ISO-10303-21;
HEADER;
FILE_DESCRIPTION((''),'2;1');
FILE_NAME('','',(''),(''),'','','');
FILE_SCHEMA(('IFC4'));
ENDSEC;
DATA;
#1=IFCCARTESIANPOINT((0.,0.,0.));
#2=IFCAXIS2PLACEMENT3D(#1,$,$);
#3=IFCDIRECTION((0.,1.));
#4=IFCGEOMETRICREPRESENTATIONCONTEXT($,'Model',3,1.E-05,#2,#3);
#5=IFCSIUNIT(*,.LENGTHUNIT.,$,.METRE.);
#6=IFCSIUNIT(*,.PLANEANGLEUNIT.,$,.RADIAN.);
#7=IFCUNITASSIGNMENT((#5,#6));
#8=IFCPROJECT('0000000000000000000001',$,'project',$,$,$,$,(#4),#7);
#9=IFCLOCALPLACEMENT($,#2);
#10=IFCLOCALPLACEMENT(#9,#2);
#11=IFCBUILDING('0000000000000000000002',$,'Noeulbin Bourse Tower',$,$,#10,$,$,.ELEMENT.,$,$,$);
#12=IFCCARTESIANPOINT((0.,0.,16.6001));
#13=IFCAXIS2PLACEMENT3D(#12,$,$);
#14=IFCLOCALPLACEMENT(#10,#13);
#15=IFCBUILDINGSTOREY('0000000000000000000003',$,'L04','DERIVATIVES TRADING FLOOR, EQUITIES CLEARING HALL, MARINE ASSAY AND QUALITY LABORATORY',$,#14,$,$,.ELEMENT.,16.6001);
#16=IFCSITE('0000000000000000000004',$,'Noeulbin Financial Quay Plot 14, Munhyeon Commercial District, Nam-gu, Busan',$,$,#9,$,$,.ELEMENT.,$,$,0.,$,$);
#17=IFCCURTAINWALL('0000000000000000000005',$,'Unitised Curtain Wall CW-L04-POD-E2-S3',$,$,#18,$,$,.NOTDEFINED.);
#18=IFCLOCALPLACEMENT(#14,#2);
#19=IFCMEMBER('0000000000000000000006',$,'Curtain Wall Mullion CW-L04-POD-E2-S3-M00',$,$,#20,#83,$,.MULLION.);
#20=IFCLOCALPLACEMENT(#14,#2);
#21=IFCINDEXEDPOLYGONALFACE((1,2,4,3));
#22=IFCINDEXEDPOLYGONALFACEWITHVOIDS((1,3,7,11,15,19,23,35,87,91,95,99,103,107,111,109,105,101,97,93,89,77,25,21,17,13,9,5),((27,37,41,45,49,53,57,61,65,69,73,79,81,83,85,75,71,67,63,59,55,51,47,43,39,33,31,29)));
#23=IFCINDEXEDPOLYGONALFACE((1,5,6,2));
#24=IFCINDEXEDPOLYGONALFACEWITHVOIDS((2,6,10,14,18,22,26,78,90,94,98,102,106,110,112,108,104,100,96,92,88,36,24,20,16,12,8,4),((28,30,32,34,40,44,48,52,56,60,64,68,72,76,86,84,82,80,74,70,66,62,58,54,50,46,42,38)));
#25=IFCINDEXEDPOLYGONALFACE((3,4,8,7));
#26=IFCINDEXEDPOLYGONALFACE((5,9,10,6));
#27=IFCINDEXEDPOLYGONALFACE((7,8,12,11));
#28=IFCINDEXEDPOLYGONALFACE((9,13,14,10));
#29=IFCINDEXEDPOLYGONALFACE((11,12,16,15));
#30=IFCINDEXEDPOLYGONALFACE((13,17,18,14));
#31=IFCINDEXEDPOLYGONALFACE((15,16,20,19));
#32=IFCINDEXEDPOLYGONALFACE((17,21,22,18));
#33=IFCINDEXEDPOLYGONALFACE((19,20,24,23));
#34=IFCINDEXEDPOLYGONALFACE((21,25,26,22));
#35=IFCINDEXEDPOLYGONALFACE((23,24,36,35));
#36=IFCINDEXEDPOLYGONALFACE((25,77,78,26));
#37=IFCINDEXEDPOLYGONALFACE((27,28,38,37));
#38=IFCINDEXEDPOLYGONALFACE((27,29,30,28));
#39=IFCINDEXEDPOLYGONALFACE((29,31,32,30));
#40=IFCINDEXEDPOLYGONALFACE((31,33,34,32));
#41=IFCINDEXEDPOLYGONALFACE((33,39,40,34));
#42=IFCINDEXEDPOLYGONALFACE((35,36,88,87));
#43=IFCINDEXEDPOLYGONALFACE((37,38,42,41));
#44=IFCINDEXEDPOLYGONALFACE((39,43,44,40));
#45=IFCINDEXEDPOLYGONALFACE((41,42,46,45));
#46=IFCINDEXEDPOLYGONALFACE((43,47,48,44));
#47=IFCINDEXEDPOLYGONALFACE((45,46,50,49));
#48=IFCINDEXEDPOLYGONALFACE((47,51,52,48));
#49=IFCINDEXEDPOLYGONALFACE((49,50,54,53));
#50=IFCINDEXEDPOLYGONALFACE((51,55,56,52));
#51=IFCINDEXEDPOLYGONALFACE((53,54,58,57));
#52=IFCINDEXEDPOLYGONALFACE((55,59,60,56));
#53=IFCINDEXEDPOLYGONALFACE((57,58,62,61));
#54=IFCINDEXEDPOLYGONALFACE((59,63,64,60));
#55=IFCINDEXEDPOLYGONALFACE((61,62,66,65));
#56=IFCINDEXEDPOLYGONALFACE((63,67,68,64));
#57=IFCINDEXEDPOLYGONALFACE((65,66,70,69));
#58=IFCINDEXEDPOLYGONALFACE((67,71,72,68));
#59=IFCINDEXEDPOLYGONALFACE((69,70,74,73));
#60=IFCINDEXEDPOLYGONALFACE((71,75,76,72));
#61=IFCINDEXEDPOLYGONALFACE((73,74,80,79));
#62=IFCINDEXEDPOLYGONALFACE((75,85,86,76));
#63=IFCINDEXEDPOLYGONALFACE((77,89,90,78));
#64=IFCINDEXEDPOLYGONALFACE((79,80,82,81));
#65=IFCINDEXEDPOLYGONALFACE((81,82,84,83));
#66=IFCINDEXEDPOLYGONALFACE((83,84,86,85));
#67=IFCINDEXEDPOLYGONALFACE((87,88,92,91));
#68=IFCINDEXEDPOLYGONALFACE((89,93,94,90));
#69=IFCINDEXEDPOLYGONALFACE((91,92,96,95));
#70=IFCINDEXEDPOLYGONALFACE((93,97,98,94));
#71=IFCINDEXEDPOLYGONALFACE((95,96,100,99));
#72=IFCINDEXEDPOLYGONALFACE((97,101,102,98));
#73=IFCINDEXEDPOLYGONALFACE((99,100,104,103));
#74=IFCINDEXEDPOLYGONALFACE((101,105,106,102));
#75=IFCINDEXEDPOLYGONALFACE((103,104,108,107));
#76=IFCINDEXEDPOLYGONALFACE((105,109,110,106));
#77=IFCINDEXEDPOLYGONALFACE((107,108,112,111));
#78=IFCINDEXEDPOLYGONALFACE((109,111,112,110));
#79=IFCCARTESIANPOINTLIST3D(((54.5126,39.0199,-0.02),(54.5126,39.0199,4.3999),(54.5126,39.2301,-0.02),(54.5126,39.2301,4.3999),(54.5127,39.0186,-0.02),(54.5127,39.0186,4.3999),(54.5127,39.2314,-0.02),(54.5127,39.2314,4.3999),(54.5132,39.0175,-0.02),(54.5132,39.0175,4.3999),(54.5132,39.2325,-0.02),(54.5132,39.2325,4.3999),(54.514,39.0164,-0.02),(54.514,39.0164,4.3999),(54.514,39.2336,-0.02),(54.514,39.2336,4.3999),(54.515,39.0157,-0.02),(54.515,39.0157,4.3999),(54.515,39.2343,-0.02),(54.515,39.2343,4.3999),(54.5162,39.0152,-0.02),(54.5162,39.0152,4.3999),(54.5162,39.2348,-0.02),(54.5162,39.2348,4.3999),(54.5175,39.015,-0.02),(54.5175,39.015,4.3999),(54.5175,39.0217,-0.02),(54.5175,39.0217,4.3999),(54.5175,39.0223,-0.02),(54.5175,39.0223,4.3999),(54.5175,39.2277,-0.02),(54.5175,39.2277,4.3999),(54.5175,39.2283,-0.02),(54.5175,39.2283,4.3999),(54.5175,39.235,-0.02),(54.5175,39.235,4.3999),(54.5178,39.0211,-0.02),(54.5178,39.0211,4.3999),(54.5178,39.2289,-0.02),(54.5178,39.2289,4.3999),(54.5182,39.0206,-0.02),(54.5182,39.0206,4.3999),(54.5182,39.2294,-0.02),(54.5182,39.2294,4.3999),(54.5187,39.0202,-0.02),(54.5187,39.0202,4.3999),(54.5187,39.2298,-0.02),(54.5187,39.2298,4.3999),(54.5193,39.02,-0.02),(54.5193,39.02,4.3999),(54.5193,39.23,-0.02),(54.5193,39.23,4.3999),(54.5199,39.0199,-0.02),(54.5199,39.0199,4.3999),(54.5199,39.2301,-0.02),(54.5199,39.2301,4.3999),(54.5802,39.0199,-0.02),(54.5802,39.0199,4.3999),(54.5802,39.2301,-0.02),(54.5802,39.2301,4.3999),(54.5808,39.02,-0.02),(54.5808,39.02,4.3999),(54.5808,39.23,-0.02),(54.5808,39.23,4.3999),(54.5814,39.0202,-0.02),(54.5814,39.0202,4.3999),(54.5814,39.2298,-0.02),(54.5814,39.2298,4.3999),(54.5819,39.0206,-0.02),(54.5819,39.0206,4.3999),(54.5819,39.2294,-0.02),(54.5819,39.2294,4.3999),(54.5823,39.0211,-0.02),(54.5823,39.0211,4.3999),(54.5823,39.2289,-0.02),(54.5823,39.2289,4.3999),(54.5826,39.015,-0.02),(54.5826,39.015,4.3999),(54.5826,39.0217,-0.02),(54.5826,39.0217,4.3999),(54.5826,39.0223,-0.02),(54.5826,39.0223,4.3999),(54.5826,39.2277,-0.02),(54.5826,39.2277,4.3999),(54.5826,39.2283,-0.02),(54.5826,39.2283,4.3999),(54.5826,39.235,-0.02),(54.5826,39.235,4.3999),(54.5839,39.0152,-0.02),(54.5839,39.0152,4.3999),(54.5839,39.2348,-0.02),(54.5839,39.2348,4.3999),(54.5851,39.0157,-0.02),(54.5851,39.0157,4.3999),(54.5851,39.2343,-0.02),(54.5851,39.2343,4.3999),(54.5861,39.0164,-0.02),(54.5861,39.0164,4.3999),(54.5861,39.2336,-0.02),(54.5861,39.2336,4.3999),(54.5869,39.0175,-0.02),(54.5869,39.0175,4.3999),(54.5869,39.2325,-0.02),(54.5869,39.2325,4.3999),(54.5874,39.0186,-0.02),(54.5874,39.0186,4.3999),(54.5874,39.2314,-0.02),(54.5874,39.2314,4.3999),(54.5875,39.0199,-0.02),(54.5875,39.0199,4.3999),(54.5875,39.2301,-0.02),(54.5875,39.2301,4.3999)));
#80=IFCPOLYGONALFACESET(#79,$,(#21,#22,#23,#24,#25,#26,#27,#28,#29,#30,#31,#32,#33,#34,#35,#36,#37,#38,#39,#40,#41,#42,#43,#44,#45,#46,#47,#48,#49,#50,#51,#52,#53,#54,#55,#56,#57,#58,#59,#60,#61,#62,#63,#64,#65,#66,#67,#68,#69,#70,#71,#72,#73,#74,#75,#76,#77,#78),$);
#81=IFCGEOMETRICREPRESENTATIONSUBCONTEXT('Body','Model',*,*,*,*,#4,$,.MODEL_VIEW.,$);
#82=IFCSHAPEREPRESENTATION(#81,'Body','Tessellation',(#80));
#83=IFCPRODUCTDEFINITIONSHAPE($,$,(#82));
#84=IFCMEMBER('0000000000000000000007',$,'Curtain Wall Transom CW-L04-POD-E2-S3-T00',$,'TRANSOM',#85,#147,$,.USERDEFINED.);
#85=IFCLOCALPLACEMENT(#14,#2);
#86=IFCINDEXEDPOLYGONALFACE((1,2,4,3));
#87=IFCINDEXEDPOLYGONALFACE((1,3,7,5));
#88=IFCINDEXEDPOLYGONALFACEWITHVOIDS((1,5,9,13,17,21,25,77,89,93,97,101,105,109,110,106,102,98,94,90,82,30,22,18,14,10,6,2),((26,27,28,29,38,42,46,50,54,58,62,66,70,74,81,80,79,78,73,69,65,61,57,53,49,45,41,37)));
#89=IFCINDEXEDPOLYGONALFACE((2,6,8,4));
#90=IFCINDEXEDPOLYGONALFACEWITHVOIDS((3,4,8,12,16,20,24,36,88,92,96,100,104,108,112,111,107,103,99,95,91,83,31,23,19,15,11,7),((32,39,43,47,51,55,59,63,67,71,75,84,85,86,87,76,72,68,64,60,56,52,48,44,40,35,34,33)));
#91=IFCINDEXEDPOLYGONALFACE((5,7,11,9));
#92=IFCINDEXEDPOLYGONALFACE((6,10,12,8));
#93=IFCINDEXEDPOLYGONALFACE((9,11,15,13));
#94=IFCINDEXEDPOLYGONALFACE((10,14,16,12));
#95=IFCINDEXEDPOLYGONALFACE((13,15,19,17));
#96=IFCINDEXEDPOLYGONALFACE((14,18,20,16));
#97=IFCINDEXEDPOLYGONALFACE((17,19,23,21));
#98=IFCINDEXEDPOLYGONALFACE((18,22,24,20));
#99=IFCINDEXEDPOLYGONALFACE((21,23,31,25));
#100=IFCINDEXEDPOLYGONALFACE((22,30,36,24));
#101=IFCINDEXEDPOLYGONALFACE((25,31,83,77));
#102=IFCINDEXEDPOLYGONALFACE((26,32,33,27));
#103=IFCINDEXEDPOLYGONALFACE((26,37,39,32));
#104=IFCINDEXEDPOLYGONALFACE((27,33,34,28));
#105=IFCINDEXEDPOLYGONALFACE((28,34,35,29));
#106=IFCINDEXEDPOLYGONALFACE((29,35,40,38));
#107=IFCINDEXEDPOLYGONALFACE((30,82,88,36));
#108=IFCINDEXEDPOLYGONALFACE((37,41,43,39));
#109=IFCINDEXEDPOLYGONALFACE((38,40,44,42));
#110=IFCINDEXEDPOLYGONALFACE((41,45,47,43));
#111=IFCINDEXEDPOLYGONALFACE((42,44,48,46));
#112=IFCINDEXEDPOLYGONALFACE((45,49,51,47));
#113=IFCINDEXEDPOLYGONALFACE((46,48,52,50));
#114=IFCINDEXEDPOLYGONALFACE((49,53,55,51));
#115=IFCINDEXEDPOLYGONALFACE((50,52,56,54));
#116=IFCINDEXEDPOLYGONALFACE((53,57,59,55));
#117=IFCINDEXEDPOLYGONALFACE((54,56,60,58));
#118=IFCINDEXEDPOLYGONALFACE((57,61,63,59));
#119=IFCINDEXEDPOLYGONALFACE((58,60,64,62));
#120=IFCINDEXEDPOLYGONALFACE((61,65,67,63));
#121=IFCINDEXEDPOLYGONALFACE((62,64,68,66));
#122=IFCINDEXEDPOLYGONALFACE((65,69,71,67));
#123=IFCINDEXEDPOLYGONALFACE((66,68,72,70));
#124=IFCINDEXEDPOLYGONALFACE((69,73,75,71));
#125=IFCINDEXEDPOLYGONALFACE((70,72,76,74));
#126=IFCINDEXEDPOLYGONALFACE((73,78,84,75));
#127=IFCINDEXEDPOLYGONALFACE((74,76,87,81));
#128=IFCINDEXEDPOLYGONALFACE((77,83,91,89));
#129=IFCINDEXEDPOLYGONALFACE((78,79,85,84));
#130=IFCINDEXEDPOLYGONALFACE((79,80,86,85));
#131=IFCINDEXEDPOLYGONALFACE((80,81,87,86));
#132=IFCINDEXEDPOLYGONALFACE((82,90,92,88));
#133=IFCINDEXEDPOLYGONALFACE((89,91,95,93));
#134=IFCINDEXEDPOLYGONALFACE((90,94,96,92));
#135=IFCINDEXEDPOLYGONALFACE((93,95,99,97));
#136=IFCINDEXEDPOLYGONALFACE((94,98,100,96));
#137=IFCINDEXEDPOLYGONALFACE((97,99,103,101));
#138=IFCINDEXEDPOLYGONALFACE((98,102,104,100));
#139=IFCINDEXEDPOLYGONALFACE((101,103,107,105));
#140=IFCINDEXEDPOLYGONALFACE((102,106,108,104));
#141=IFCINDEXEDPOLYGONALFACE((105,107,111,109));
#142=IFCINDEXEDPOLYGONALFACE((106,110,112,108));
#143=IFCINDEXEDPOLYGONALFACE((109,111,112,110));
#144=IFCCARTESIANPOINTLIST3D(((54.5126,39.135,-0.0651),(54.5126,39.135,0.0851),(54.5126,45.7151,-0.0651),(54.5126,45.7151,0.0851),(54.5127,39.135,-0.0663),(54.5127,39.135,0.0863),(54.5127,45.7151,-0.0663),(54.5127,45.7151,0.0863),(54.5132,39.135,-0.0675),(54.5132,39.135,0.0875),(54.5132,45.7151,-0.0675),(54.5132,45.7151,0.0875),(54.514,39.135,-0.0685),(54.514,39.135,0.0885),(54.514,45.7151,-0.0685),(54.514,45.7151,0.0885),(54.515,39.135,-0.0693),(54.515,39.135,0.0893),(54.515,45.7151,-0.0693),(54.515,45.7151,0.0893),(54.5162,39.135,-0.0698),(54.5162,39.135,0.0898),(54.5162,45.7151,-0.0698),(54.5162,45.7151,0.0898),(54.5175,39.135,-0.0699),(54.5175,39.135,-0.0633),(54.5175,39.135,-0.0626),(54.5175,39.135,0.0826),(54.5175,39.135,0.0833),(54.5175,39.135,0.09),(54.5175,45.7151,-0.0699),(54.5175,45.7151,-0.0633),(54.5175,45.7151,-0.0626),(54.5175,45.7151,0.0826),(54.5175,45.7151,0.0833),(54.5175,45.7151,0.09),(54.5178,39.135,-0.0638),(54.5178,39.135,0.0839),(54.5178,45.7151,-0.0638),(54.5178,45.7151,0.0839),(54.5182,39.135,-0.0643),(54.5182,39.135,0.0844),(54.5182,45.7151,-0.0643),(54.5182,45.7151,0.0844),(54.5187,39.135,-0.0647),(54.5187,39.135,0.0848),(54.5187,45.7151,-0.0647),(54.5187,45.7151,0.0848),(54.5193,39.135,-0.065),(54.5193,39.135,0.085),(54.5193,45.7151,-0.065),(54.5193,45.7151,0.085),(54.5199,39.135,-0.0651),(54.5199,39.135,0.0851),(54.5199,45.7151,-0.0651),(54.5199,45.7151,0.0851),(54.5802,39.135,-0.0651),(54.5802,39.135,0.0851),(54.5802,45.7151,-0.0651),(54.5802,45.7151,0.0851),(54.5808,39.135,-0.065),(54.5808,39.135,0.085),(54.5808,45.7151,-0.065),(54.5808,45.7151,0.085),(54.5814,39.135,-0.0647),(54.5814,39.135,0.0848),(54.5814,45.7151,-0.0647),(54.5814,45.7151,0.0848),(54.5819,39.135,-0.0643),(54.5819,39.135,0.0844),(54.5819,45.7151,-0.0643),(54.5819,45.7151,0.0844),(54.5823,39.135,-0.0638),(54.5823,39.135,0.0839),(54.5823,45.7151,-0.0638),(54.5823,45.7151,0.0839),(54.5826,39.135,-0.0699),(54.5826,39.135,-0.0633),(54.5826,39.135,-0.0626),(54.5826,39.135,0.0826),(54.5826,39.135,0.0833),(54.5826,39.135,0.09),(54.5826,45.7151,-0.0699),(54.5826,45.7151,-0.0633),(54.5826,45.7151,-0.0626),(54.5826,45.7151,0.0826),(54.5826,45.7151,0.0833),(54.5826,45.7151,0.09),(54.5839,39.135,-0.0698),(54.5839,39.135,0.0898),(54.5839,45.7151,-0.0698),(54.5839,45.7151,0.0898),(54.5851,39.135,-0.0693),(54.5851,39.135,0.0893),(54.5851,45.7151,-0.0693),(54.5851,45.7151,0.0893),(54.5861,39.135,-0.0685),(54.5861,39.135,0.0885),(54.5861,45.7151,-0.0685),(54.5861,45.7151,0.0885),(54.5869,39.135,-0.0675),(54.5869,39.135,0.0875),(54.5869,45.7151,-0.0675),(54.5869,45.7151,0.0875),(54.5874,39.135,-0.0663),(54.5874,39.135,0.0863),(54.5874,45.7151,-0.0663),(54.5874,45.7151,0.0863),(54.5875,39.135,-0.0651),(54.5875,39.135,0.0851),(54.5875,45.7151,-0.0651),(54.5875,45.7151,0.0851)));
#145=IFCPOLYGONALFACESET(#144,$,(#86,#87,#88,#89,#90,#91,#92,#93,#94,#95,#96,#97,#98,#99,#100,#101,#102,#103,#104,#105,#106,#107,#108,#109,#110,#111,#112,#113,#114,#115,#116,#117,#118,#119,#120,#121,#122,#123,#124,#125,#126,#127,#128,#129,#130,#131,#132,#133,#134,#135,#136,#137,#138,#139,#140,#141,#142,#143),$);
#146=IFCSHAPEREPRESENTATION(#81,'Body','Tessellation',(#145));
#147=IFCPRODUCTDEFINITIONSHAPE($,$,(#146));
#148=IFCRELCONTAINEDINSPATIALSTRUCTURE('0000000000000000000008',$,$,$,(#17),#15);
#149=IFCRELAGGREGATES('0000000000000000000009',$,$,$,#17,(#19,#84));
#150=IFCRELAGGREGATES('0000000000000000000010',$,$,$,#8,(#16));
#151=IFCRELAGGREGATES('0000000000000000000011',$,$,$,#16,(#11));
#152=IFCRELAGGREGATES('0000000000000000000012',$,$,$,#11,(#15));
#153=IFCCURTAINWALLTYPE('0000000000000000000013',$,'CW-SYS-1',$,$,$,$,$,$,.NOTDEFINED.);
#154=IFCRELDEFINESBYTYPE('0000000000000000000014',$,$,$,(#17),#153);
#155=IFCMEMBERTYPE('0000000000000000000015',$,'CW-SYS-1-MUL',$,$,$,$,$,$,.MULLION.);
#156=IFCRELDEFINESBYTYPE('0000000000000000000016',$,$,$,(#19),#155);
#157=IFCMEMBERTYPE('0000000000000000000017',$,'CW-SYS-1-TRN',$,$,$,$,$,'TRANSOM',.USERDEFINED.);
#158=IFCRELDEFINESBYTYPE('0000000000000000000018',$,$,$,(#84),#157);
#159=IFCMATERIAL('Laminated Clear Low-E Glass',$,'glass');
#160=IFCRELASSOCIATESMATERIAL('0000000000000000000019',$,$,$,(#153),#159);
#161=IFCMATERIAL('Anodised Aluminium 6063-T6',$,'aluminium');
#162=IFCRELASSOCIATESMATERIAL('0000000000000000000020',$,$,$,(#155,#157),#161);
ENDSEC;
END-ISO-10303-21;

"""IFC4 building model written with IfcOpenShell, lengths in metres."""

from ifc_helpers import new_model, si_unit, direction, frame, origin, origin_2d, place, context, subcontext, project, spatial, hollow_rectangle, extrude, material, material_profile, profile_set, type_object, element, aggregate, save


model = new_model("IFC4")

# Units and contexts
model_context = context("Model", 3, precision=1e-05, world=origin(), true_north=direction((0.0, 1.0)))
body_context = subcontext(model_context, "Body", "Model", "MODEL_VIEW")
ifc_project = project(units=[si_unit("LENGTHUNIT", "METRE"), si_unit("PLANEANGLEUNIT", "RADIAN")], contexts=[model_context])

# Site, building, storey
site_placement = place(None, origin())
site = spatial("IfcSite", under=ifc_project, at=site_placement, Name="Noeulbin Financial Quay Plot 14, Munhyeon Commercial District, Nam-gu, Busan", CompositionType="ELEMENT", RefElevation=0.0)
building_placement = place(site_placement, origin())
building = spatial("IfcBuilding", under=site, at=building_placement, Name="Noeulbin Bourse Tower", CompositionType="ELEMENT")
storey_placement = place(building_placement, frame((0.0, 0.0, 16.6001)))
storey = spatial("IfcBuildingStorey", under=building, at=storey_placement, Name="L04", Description="DERIVATIVES TRADING FLOOR, EQUITIES CLEARING HALL, MARINE ASSAY AND QUALITY LABORATORY", CompositionType="ELEMENT", Elevation=16.6001)

# Curtain wall, members
ifc_material_1 = material(Name="Laminated Clear Low-E Glass", Category="glass")
curtain_wall_type = type_object("IfcCurtainWallType", Name="CW-SYS-1", PredefinedType="NOTDEFINED", material=ifc_material_1)
curtain_wall_placement = place(storey_placement, origin())
curtain_wall = element("IfcCurtainWall", 1, at=curtain_wall_placement, inside=storey, type_object=curtain_wall_type, Name="Unitised Curtain Wall CW-L04-POD-E2-S3", PredefinedType="NOTDEFINED")
ifc_material_2 = material(Name="Anodised Aluminium 6063-T6", Category="aluminium")
ifc_material_profile_1 = material_profile(ifc_material_2, hollow_rectangle(XDim=0.075, YDim=0.22, WallThickness=0.0049, InnerFilletRadius=0.0024, OuterFilletRadius=0.0049, at=origin_2d()), Name="ALU-MULL-75x220x5", Category="LoadBearing")
ifc_profile_set_1 = profile_set([ifc_material_profile_1], Name="Anodised Aluminium 6063-T6")
member_type_1 = type_object("IfcMemberType", Name="CW-SYS-1-MUL", PredefinedType="MULLION", material=ifc_profile_set_1)
member_1_placement = place(storey_placement, frame((54.55, 39.125, -0.02), z_axis=(0.0, 0.0, 1.0), x_axis=(1.0, 0.0, 0.0)))
member_1 = element("IfcMember", 2, at=member_1_placement, type_object=member_type_1, Name="Curtain Wall Mullion CW-L04-POD-E2-S3-M00", PredefinedType="MULLION", context=body_context, shape_type="SweptSolid", body=[
    extrude(hollow_rectangle(XDim=0.075, YDim=0.22, WallThickness=0.0049, InnerFilletRadius=0.0024, OuterFilletRadius=0.0049, at=origin_2d()), origin(), (0.0, 0.0, 1.0), 4.4199),
])
ifc_material_profile_2 = material_profile(ifc_material_2, hollow_rectangle(XDim=0.075, YDim=0.1599, WallThickness=0.0049, InnerFilletRadius=0.0024, OuterFilletRadius=0.0049, at=origin_2d()), Name="ALU-TRAN-75x160x5", Category="LoadBearing")
ifc_profile_set_2 = profile_set([ifc_material_profile_2], Name="Anodised Aluminium 6063-T6")
member_type_2 = type_object("IfcMemberType", Name="CW-SYS-1-TRN", ElementType="TRANSOM", PredefinedType="USERDEFINED", material=ifc_profile_set_2)
member_2_placement = place(storey_placement, frame((54.55, 39.135, 0.01), z_axis=(0.0, 1.0, 0.0), x_axis=(-1.0, 0.0, 0.0)))
member_2 = element("IfcMember", 3, at=member_2_placement, type_object=member_type_2, Name="Curtain Wall Transom CW-L04-POD-E2-S3-T00", ObjectType="TRANSOM", PredefinedType="USERDEFINED", context=body_context, shape_type="SweptSolid", body=[
    extrude(hollow_rectangle(XDim=0.075, YDim=0.1599, WallThickness=0.0049, InnerFilletRadius=0.0024, OuterFilletRadius=0.0049, at=origin_2d()), origin(), (0.0, 0.0, 1.0), 6.5801),
])
aggregate(curtain_wall, [member_1, member_2])

save(model, "model.ifc")
